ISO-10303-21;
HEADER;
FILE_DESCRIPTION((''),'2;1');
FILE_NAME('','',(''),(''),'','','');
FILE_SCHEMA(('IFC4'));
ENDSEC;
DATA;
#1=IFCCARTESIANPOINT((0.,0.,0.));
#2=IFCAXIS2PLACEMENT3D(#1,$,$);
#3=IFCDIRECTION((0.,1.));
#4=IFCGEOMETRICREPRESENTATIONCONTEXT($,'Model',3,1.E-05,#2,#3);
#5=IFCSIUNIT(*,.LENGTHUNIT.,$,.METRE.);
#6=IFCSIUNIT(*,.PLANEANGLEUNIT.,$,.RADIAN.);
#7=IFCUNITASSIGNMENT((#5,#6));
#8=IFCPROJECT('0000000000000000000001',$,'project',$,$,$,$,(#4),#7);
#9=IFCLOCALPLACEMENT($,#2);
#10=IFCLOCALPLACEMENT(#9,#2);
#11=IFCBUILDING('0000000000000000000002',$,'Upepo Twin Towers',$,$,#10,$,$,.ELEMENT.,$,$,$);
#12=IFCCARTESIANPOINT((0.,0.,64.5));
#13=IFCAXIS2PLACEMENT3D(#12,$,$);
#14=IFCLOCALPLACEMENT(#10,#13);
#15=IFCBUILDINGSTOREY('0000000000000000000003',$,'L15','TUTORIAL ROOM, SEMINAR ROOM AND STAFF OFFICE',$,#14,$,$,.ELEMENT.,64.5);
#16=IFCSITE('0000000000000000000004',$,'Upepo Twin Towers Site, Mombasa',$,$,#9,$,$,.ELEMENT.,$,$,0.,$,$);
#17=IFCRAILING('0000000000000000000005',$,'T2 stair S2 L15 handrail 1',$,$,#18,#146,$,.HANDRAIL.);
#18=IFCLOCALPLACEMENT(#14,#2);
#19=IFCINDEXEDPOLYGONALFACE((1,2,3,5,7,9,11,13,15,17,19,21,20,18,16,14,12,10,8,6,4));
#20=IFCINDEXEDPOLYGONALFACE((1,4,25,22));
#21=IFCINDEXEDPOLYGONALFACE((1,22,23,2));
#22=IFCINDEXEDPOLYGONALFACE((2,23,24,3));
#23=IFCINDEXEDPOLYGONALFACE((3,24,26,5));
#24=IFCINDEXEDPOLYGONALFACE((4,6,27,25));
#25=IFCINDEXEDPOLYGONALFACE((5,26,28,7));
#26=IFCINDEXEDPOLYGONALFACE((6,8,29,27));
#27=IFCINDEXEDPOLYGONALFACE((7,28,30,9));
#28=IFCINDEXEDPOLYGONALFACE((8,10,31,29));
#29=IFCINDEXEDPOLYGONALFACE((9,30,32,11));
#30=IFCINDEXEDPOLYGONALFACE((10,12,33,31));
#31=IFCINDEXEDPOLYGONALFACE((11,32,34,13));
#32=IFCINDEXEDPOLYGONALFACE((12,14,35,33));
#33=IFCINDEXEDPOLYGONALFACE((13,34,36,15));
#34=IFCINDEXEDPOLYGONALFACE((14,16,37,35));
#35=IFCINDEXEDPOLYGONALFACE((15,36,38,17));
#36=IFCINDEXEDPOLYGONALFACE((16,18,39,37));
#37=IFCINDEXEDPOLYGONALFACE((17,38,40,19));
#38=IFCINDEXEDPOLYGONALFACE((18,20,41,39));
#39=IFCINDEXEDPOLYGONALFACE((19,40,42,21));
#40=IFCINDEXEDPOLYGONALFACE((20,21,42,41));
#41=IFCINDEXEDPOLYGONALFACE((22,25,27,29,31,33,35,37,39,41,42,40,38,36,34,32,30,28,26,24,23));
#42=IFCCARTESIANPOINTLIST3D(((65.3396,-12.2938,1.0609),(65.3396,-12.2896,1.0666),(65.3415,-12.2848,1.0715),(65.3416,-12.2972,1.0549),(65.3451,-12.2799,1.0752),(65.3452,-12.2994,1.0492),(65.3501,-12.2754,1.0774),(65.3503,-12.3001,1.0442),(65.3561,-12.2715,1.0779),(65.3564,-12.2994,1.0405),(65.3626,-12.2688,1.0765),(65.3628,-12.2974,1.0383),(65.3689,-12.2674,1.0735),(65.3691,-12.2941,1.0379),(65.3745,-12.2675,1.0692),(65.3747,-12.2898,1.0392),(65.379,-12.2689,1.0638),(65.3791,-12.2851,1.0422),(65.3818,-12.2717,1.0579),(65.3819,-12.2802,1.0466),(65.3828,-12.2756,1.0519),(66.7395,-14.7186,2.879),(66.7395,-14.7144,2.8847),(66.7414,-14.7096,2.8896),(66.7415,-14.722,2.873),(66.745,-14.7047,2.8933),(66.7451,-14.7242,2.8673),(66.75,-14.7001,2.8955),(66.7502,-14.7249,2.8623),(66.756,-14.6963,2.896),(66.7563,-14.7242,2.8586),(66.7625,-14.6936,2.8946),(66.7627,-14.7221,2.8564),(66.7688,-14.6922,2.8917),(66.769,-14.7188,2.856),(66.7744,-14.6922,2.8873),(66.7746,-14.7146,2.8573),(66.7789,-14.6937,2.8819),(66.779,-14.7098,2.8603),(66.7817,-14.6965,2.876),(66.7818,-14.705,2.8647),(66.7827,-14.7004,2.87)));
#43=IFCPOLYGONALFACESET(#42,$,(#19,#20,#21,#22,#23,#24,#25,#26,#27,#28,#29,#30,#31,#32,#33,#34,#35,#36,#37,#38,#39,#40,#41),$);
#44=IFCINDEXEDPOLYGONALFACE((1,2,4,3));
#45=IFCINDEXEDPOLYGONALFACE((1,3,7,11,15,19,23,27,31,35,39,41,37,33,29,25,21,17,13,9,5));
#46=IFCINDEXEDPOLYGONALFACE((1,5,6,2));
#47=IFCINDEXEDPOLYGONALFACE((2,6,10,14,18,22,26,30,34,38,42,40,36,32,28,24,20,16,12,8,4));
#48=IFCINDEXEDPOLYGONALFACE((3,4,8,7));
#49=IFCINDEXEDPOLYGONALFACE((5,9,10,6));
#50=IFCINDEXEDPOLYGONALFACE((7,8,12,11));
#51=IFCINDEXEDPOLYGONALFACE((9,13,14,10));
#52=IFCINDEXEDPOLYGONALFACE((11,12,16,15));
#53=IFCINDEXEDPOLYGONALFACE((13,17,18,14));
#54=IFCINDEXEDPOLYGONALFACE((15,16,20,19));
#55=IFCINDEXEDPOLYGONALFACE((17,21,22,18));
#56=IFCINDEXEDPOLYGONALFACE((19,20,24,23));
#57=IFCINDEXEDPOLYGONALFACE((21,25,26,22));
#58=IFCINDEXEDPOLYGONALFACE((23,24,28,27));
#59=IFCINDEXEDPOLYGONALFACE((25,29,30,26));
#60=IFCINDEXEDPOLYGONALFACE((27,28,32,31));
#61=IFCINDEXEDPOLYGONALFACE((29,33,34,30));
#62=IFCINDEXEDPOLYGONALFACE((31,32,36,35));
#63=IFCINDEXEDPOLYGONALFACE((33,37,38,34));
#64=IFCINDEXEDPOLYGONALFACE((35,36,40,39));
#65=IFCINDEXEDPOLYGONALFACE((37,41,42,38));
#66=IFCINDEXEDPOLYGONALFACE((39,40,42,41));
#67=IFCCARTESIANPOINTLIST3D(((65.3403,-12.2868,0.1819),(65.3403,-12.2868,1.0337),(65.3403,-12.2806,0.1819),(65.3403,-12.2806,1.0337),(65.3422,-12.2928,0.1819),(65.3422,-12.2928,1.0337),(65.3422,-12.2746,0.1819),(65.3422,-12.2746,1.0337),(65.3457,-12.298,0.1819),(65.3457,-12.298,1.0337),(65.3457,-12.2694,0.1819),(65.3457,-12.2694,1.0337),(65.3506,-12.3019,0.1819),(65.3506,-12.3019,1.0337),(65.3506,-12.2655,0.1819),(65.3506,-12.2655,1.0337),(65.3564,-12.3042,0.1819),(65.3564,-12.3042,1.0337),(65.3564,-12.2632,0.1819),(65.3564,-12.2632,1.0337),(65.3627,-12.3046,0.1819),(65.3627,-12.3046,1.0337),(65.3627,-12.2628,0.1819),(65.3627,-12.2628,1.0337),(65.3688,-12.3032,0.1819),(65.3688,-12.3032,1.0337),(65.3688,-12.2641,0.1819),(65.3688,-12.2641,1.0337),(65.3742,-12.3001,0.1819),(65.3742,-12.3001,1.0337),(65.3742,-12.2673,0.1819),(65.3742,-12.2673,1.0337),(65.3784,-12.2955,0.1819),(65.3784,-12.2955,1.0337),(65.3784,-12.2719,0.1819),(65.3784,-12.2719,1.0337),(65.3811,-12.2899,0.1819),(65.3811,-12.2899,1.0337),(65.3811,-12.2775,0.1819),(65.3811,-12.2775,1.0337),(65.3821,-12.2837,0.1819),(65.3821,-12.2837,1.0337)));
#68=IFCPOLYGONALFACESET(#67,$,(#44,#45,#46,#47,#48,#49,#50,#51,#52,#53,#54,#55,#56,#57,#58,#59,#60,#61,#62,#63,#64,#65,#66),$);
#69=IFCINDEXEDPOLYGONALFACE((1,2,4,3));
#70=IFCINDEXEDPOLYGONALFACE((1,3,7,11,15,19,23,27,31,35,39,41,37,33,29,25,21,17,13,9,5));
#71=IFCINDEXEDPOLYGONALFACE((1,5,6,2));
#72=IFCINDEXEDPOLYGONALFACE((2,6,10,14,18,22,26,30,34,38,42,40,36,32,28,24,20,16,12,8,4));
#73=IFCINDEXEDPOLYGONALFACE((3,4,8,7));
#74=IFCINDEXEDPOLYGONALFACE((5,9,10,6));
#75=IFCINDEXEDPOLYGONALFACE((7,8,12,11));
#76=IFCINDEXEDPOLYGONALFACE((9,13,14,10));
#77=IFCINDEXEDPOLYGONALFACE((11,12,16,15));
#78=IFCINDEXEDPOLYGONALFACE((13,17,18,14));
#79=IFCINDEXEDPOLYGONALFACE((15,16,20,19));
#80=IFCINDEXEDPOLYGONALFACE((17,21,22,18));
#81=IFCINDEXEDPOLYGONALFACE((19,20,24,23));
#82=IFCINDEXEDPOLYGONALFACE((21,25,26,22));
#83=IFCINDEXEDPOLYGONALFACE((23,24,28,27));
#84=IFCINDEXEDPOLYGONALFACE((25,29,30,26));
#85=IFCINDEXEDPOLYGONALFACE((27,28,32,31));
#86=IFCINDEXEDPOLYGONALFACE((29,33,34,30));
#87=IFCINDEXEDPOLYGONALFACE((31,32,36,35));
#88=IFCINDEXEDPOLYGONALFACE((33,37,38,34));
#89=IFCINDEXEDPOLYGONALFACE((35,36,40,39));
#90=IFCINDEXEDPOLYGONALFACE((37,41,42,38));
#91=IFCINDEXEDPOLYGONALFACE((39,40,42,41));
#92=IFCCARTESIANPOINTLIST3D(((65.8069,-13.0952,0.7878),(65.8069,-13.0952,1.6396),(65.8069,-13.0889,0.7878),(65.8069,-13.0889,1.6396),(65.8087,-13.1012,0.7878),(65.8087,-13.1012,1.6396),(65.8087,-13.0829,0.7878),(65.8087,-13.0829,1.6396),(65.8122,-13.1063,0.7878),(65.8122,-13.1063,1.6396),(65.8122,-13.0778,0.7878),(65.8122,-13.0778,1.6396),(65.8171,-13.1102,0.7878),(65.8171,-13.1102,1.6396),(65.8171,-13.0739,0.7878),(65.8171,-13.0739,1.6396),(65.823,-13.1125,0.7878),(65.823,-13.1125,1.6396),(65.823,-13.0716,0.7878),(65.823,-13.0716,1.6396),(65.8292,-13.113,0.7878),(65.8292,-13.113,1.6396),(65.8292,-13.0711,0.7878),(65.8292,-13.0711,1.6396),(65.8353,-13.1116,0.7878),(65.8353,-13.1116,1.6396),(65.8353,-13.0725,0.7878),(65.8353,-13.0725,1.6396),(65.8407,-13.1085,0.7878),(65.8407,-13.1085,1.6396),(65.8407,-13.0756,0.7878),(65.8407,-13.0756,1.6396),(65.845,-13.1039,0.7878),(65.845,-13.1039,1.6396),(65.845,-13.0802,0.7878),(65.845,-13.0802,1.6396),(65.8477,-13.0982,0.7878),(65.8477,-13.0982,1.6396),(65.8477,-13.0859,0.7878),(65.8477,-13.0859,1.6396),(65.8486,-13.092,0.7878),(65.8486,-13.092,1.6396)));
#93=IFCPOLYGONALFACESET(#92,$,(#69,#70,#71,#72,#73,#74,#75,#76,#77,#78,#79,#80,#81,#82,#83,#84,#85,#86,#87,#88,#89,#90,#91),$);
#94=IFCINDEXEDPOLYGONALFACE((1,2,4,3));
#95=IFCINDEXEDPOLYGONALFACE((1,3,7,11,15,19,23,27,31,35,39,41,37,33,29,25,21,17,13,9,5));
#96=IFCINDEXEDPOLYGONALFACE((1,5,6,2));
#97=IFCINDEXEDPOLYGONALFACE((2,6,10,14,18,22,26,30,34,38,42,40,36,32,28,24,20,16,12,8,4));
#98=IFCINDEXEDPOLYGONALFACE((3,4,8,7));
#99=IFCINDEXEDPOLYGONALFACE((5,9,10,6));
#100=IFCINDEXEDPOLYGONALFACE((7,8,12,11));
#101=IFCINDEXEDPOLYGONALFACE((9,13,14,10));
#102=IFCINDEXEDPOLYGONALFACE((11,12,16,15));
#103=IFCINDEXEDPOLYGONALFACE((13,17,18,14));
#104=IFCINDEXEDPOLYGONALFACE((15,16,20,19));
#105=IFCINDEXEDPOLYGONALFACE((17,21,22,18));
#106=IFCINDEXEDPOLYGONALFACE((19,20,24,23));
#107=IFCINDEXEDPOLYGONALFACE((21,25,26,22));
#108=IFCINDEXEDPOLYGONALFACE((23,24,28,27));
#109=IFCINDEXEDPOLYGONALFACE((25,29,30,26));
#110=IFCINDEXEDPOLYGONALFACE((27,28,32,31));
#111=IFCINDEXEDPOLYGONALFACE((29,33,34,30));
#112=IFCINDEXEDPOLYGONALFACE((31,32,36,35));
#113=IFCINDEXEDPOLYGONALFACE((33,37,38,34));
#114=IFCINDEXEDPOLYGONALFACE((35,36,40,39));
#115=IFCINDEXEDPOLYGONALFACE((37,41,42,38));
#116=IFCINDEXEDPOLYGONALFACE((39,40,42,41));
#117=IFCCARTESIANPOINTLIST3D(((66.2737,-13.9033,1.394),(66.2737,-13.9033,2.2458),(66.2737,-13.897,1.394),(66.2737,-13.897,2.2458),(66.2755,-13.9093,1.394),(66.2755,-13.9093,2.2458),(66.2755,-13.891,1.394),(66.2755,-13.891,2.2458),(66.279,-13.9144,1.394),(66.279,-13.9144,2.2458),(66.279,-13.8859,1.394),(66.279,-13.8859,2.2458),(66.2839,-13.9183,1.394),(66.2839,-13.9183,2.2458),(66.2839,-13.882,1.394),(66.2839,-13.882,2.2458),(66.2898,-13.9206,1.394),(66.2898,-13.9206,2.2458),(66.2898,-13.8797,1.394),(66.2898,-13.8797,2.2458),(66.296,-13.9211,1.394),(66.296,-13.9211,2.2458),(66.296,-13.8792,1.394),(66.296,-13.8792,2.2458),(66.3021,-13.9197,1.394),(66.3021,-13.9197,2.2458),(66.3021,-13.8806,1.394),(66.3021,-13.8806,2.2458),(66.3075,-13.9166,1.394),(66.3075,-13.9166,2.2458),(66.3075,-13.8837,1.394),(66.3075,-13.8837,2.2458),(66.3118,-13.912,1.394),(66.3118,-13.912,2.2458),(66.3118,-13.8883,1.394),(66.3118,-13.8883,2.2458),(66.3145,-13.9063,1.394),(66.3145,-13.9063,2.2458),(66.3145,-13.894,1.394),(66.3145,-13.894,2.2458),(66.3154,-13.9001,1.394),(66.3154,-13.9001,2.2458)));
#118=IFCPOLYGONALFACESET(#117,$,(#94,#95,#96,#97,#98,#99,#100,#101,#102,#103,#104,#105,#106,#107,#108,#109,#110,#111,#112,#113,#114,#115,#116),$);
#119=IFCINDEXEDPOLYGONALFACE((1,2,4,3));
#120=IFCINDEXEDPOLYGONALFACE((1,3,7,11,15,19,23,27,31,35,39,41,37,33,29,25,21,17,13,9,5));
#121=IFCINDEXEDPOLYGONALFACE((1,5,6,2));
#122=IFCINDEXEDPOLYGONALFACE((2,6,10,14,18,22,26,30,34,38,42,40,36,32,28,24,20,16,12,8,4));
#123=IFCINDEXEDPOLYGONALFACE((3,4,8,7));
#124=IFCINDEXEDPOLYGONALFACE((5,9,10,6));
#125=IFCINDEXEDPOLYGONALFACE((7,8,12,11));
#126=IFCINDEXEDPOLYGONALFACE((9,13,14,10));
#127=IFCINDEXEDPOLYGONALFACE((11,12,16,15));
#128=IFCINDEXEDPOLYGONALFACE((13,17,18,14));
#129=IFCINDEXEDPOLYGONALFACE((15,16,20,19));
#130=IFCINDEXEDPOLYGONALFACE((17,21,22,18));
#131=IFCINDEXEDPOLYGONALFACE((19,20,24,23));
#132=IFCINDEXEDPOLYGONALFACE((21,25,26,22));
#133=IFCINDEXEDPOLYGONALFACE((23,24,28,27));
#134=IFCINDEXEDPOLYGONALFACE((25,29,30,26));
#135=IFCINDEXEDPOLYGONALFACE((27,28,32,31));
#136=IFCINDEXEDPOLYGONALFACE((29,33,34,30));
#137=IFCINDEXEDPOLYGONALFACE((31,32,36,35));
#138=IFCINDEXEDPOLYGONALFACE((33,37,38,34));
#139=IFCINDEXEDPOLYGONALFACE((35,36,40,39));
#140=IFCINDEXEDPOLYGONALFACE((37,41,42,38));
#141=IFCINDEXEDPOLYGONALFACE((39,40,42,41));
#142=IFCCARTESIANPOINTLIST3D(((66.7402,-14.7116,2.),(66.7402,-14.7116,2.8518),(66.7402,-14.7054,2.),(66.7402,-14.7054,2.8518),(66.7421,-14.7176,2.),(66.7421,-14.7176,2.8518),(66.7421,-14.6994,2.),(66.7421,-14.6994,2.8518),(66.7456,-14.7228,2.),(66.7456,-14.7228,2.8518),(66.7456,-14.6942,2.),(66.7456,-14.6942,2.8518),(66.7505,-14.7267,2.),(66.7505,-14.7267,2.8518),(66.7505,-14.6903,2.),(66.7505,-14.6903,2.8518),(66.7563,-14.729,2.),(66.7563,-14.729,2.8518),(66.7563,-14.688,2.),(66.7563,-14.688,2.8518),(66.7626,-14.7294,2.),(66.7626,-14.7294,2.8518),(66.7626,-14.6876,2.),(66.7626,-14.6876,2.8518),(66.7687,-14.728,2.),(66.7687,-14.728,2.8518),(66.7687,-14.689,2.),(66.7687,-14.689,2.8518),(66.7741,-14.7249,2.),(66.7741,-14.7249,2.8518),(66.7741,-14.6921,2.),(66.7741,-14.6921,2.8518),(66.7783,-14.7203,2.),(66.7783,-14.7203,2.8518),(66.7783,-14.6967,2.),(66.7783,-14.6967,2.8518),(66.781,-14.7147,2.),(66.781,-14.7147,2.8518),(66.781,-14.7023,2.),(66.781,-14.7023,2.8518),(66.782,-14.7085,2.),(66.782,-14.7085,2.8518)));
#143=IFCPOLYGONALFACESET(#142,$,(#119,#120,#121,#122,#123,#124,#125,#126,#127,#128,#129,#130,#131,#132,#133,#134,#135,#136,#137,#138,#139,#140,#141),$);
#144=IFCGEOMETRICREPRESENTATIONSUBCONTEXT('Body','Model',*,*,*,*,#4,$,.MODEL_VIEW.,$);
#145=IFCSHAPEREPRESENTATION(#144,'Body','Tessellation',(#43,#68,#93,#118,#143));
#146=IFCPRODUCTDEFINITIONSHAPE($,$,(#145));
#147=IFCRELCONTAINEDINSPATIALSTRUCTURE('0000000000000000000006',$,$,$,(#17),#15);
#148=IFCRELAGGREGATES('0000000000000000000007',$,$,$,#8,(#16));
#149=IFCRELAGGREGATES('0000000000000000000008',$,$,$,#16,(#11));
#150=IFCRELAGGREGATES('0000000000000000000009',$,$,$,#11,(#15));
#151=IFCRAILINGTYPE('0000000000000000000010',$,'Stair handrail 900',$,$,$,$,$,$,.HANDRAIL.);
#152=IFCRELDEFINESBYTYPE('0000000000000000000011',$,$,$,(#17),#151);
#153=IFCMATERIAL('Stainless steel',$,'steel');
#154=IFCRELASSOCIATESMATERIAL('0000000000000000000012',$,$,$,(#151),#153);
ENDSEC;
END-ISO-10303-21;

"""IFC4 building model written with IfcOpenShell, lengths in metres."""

from ifc_helpers import new_model, si_unit, direction, frame, origin, origin_2d, place, context, subcontext, project, spatial, circle, extrude, material, type_object, element, save


model = new_model("IFC4")

# Units and contexts
model_context = context("Model", 3, precision=1e-05, world=origin(), true_north=direction((0.0, 1.0)))
body_context = subcontext(model_context, "Body", "Model", "MODEL_VIEW")
ifc_project = project(units=[si_unit("LENGTHUNIT", "METRE"), si_unit("PLANEANGLEUNIT", "RADIAN")], contexts=[model_context])

# Site, building, storey
site_placement = place(None, origin())
site = spatial("IfcSite", under=ifc_project, at=site_placement, Name="Upepo Twin Towers Site, Mombasa", CompositionType="ELEMENT", RefElevation=0.0)
building_placement = place(site_placement, origin())
building = spatial("IfcBuilding", under=site, at=building_placement, Name="Upepo Twin Towers", CompositionType="ELEMENT")
storey_placement = place(building_placement, frame((0.0, 0.0, 64.5)))
storey = spatial("IfcBuildingStorey", under=building, at=storey_placement, Name="L15", Description="TUTORIAL ROOM, SEMINAR ROOM AND STAFF OFFICE", CompositionType="ELEMENT", Elevation=64.5)

# Railing
ifc_material_1 = material(Name="Stainless steel", Category="steel")
railing_type = type_object("IfcRailingType", Name="Stair handrail 900", PredefinedType="HANDRAIL", material=ifc_material_1)
railing_1_placement = place(storey_placement, frame((65.3611, -12.2837, 0.1819)))
element("IfcRailing", 1, at=railing_1_placement, inside=storey, type_object=railing_type, Name="T2 stair S2 L15 handrail 1", PredefinedType="HANDRAIL", context=body_context, shape_type="SweptSolid", body=[
    extrude(circle(Radius=0.0239, at=origin_2d()), frame((0.0, 0.0, 0.876), z_axis=(0.419333, -0.726336, 0.544606), x_axis=(0.866035, 0.499984, 0.0)), (0.0, 0.0, 1.0), 3.3384),
    extrude(circle(Radius=0.021, at=origin_2d()), origin(), (0.0, 0.0, 1.0), 0.8518),
    extrude(circle(Radius=0.021, at=origin_2d()), frame((0.4666, -0.8083, 0.606)), (0.0, 0.0, 1.0), 0.8518),
    extrude(circle(Radius=0.021, at=origin_2d()), frame((0.9333, -1.6165, 1.2122)), (0.0, 0.0, 1.0), 0.8518),
    extrude(circle(Radius=0.021, at=origin_2d()), frame((1.3999, -2.4248, 1.8181)), (0.0, 0.0, 1.0), 0.8518),
])

save(model, "model.ifc")
